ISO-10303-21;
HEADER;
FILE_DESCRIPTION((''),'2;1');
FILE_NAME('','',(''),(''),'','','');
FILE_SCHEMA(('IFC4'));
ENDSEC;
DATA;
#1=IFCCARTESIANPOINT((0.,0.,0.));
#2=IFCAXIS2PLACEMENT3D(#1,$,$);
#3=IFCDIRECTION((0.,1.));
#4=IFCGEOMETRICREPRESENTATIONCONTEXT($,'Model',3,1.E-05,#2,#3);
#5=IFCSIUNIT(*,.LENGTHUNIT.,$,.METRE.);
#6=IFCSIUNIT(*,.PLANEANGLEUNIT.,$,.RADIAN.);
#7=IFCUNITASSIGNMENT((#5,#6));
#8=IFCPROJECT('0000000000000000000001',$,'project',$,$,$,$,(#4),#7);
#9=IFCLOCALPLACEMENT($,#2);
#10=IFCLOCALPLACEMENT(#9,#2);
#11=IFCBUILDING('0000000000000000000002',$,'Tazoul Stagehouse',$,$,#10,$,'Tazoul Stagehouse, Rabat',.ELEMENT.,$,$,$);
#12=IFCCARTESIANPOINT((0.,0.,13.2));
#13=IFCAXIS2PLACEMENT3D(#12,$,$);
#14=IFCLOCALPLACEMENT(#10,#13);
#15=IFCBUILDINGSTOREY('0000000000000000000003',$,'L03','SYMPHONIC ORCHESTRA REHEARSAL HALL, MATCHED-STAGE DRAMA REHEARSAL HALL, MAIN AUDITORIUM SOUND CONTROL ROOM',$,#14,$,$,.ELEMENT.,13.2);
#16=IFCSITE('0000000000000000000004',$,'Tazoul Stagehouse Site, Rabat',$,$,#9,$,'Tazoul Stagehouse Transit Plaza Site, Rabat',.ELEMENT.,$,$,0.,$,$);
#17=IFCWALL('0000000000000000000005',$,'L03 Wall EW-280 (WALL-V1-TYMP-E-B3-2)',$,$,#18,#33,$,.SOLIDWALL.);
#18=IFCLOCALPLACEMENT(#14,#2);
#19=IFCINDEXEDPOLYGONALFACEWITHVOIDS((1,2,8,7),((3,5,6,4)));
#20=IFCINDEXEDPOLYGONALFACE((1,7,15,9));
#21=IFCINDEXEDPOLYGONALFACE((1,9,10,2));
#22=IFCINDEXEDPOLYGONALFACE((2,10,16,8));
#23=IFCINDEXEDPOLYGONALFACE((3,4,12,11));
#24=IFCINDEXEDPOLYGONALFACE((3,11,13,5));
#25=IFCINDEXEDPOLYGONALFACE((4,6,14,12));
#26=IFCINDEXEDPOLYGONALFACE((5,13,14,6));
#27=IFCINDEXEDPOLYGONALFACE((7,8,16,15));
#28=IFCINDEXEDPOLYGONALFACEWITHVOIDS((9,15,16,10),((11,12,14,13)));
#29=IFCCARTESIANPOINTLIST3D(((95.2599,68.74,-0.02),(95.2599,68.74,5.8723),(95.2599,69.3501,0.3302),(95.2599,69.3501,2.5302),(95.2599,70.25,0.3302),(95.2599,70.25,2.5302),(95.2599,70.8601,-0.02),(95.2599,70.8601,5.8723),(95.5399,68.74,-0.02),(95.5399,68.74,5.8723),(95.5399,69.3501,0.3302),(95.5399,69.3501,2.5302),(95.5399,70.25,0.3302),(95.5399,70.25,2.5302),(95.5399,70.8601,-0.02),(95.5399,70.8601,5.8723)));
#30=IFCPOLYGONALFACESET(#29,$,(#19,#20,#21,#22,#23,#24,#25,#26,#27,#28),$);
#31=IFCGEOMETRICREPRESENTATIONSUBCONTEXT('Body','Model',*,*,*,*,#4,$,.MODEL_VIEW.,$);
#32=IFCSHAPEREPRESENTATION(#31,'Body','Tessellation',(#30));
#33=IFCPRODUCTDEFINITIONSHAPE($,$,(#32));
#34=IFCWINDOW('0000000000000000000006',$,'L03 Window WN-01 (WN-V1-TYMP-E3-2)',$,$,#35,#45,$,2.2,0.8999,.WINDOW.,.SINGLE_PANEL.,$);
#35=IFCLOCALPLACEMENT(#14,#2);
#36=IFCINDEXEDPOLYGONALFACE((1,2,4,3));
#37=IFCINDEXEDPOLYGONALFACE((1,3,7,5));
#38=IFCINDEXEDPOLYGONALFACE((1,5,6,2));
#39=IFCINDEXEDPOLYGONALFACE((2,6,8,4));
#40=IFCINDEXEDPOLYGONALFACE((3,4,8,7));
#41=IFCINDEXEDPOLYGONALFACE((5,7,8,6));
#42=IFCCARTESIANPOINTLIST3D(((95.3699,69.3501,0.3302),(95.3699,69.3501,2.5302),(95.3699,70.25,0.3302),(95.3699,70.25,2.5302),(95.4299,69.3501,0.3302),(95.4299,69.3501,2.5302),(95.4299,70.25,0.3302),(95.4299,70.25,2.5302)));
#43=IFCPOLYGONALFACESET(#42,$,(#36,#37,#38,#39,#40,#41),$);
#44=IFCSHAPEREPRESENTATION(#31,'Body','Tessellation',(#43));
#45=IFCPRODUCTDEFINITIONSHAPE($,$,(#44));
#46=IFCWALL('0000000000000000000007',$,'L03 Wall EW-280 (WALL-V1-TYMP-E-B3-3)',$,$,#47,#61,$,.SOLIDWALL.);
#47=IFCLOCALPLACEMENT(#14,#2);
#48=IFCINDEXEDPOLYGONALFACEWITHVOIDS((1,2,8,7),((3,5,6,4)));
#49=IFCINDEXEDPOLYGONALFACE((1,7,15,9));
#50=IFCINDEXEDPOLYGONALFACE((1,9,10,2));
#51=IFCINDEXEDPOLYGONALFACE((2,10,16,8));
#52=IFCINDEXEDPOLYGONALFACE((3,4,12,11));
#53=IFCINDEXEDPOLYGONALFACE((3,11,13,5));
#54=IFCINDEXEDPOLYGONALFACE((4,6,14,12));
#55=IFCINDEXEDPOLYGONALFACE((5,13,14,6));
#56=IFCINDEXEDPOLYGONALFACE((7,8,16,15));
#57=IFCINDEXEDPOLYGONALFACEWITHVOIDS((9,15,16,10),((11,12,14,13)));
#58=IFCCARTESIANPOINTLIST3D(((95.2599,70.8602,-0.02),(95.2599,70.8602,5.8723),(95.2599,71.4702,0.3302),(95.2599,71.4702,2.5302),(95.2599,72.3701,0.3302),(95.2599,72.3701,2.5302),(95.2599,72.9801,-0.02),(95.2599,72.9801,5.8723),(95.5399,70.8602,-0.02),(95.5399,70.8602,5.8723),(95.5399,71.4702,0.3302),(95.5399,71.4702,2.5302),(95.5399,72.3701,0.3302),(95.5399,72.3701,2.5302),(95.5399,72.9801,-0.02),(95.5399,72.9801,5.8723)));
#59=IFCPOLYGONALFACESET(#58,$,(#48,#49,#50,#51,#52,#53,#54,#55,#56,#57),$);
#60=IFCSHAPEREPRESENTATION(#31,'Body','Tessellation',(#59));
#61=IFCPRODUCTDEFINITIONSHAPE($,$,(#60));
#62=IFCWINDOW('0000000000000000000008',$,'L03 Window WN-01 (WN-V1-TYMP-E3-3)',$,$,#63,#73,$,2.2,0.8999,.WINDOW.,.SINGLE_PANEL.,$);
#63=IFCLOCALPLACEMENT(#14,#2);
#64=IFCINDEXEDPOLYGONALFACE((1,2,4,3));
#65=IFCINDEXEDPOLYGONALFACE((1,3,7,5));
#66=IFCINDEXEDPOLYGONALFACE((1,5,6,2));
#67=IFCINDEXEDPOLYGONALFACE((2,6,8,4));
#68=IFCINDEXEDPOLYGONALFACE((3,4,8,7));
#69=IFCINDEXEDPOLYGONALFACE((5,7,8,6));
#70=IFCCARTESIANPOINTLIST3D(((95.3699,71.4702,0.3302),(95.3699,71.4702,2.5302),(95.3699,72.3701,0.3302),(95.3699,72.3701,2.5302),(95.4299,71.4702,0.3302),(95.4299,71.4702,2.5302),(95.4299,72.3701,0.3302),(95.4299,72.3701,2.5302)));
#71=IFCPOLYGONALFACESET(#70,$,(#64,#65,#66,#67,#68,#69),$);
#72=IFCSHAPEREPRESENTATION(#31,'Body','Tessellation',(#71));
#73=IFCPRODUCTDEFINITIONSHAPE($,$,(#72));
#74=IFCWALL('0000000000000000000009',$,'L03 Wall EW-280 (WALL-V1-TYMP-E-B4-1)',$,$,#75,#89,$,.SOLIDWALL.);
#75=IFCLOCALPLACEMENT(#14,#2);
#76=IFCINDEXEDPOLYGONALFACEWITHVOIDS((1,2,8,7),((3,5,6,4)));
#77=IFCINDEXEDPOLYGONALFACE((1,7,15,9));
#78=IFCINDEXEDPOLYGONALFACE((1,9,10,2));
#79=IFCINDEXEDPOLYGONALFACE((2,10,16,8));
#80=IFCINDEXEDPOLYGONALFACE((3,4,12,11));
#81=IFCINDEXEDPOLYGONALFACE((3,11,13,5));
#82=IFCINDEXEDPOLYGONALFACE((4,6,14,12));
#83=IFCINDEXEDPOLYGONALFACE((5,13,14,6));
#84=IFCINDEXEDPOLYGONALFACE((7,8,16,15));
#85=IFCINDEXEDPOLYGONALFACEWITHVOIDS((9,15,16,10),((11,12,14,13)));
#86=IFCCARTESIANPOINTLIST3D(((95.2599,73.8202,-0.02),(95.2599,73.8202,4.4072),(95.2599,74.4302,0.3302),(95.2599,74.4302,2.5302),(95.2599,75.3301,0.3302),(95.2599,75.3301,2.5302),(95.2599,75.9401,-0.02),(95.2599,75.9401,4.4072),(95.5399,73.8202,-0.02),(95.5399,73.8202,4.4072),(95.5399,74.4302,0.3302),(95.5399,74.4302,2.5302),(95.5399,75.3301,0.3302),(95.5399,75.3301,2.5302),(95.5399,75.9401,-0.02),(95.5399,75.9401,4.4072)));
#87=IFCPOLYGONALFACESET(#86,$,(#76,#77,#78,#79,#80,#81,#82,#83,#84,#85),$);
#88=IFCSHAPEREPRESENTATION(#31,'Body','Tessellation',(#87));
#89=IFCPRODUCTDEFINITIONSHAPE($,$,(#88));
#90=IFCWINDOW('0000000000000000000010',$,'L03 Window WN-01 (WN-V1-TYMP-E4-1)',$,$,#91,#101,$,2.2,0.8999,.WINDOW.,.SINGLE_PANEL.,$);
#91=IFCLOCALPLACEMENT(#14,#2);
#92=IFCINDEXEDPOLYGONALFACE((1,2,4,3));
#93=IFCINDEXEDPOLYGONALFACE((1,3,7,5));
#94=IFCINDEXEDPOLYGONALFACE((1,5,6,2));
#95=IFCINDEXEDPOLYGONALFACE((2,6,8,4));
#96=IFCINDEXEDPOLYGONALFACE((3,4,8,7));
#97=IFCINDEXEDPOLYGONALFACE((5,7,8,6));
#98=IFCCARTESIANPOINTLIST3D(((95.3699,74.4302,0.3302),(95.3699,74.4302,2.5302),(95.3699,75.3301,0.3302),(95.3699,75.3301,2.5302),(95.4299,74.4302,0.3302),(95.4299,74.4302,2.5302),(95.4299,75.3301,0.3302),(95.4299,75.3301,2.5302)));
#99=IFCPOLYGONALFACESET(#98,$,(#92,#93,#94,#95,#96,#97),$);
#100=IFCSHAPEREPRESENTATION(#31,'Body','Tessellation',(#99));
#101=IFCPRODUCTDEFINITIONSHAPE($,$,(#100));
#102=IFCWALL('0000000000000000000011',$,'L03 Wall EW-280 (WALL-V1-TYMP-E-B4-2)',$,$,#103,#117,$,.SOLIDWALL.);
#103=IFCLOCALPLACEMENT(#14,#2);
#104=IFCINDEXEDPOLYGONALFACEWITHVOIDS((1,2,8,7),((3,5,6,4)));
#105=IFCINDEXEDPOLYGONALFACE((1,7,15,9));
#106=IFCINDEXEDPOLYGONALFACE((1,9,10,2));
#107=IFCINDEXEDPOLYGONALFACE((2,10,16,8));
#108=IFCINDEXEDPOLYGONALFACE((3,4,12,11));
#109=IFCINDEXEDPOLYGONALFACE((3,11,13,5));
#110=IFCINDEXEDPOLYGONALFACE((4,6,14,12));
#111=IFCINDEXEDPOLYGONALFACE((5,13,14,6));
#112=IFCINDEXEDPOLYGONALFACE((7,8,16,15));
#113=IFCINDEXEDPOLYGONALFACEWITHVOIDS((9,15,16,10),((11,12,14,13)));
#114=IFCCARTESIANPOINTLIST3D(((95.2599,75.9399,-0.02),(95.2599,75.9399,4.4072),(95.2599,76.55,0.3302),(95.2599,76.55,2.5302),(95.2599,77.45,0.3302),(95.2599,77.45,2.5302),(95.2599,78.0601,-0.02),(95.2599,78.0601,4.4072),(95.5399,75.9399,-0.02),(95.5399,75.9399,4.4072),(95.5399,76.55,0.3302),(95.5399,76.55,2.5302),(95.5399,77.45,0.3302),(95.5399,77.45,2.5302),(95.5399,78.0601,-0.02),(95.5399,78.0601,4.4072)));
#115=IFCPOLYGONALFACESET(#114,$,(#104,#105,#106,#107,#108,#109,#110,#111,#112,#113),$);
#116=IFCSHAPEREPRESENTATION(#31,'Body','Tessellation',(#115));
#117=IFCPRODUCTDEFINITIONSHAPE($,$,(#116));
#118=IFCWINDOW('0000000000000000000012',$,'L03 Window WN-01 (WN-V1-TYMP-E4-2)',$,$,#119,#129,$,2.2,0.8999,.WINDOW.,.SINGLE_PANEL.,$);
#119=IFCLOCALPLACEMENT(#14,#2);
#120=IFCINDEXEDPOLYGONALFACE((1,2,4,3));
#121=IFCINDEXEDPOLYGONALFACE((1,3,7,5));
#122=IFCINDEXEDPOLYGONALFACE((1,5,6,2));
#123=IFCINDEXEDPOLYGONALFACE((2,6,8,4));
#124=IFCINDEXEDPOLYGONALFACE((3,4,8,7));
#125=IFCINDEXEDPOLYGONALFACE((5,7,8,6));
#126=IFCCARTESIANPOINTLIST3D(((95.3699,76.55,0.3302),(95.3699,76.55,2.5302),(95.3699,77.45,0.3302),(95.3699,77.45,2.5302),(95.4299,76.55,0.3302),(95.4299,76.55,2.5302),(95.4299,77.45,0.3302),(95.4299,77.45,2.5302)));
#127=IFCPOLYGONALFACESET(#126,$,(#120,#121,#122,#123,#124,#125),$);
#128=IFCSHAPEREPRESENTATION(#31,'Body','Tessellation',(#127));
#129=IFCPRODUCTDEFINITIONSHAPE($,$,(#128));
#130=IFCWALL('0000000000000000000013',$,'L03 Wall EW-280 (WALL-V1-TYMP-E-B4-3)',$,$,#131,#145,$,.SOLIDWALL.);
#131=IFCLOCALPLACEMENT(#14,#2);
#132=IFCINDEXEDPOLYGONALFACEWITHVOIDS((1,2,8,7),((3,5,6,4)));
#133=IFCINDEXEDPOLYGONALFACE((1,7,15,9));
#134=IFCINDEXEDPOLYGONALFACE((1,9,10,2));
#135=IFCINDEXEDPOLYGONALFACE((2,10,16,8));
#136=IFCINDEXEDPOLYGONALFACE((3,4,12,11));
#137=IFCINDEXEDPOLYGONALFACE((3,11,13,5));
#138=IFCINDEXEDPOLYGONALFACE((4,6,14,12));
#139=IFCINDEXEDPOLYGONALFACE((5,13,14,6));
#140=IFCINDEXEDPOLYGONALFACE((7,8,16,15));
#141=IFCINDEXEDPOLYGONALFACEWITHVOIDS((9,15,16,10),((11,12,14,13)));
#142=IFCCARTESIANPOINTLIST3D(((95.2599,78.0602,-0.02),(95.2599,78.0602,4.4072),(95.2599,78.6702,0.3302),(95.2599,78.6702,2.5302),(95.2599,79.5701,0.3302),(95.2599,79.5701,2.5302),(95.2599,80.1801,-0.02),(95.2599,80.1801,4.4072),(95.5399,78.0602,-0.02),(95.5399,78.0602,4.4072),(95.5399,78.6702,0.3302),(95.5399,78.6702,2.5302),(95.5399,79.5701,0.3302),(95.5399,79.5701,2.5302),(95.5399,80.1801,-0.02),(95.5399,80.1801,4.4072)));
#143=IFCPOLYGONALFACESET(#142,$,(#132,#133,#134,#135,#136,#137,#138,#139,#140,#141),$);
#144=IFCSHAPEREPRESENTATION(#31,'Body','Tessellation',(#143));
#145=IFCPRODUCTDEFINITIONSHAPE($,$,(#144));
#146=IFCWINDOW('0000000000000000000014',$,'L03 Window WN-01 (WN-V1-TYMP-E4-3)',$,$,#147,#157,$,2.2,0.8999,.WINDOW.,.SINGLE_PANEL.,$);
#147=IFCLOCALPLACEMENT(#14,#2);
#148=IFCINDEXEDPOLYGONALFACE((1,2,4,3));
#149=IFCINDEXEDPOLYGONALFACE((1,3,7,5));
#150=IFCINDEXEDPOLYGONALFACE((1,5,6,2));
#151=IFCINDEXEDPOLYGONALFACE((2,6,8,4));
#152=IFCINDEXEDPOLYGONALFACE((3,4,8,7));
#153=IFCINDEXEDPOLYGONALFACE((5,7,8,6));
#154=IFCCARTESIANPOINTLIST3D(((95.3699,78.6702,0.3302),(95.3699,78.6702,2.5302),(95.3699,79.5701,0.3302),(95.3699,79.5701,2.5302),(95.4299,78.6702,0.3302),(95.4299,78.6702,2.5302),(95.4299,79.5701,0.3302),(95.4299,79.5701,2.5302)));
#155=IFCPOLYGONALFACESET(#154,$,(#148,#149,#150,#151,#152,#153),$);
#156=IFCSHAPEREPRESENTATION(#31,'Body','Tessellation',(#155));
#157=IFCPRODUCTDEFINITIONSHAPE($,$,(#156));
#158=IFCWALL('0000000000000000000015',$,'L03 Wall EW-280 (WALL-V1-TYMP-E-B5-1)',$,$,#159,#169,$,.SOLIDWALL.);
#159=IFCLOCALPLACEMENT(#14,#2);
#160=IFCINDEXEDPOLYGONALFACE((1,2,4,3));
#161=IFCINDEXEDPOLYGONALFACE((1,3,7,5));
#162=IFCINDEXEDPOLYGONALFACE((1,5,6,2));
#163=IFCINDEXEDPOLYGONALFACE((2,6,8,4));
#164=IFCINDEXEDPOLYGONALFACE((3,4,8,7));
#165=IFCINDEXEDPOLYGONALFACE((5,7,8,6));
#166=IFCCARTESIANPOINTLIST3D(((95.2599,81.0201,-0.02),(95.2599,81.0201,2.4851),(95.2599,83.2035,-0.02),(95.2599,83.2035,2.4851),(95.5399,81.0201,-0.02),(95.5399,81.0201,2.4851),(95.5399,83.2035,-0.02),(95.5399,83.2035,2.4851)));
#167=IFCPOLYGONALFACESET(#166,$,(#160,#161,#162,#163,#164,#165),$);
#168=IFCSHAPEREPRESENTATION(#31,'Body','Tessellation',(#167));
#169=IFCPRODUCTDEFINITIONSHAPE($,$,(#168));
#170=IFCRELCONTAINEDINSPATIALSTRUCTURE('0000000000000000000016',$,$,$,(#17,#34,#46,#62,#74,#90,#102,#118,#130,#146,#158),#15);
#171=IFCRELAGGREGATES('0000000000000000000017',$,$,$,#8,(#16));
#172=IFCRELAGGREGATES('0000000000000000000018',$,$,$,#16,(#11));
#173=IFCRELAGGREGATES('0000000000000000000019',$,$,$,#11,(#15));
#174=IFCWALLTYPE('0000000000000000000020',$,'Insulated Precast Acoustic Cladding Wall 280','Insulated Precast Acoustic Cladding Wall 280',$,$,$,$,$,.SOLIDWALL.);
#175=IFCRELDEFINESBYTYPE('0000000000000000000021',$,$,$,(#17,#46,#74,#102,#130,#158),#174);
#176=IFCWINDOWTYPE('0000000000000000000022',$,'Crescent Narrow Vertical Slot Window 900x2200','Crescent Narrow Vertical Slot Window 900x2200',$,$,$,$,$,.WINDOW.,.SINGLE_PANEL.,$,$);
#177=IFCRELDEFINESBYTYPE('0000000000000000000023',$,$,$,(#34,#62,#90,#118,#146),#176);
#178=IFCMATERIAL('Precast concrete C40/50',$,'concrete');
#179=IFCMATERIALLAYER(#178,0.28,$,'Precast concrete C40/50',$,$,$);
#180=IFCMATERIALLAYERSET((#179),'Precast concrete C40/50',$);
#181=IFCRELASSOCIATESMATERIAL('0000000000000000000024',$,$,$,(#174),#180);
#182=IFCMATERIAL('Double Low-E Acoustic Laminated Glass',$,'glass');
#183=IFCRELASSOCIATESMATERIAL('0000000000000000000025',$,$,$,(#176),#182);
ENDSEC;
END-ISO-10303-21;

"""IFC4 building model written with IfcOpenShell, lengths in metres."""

from ifc_helpers import new_model, si_unit, direction, frame, frame_2d, origin, place, context, subcontext, project, spatial, rectangle, extrude, material, layer, layer_set, type_object, element, fill, save


model = new_model("IFC4")

# Units and contexts
model_context = context("Model", 3, precision=1e-05, world=origin(), true_north=direction((0.0, 1.0)))
body_context = subcontext(model_context, "Body", "Model", "MODEL_VIEW")
ifc_project = project(units=[si_unit("LENGTHUNIT", "METRE"), si_unit("PLANEANGLEUNIT", "RADIAN")], contexts=[model_context])

# Site, building, storey
site_placement = place(None, origin())
site = spatial("IfcSite", under=ifc_project, at=site_placement, Name="Tazoul Stagehouse Site, Rabat", LongName="Tazoul Stagehouse Transit Plaza Site, Rabat", CompositionType="ELEMENT", RefElevation=0.0)
building_placement = place(site_placement, origin())
building = spatial("IfcBuilding", under=site, at=building_placement, Name="Tazoul Stagehouse", LongName="Tazoul Stagehouse, Rabat", CompositionType="ELEMENT")
storey_placement = place(building_placement, frame((0.0, 0.0, 13.2)))
storey = spatial("IfcBuildingStorey", under=building, at=storey_placement, Name="L03", Description="SYMPHONIC ORCHESTRA REHEARSAL HALL, MATCHED-STAGE DRAMA REHEARSAL HALL, MAIN AUDITORIUM SOUND CONTROL ROOM", CompositionType="ELEMENT", Elevation=13.2)

# Walls, openings, windows
ifc_material_1 = material(Name="Precast concrete C40/50", Category="concrete")
ifc_layer_1 = layer(ifc_material_1, 0.28, Name="Precast concrete C40/50")
ifc_layer_set_1 = layer_set([ifc_layer_1], Name="Precast concrete C40/50")
wall_type = type_object("IfcWallType", Name="Insulated Precast Acoustic Cladding Wall 280", Description="Insulated Precast Acoustic Cladding Wall 280", PredefinedType="SOLIDWALL", material=ifc_layer_set_1)
ifc_material_2 = material(Name="Double Low-E Acoustic Laminated Glass", Category="glass")
window_type_1 = type_object("IfcWindowType", Name="Crescent Narrow Vertical Slot Window 900x2200", Description="Crescent Narrow Vertical Slot Window 900x2200", PartitioningType="SINGLE_PANEL", PredefinedType="WINDOW", material=ifc_material_2)
wall_1_placement = place(storey_placement, frame((95.3999, 68.74, -0.02), z_axis=(0.0, 0.0, 1.0), x_axis=(0.0, 1.0, 0.0)))
wall_1 = element("IfcWall", 1, at=wall_1_placement, inside=storey, type_object=wall_type, Name="L03 Wall EW-280 (WALL-V1-TYMP-E-B3-2)", PredefinedType="SOLIDWALL", context=body_context, shape_type="SweptSolid", body=[
    extrude(rectangle(XDim=2.1201, YDim=0.28, at=frame_2d((1.0601, 0.0))), origin(), (0.0, 0.0, 1.0), 5.8923),
])
opening_1_placement = place(wall_1_placement, frame((0.6101, 0.0, 0.3501)))
opening_1 = element("IfcOpeningElement", 2, at=opening_1_placement, cuts=wall_1, PredefinedType="OPENING", context=body_context, shape_type="SweptSolid", body=[
    extrude(rectangle(XDim=0.8999, YDim=2.2, at=frame_2d((0.45, 1.1001))), frame((0.0, 0.1599, 0.0), z_axis=(0.0, -1.0, 0.0), x_axis=(1.0, 0.0, 0.0)), (0.0, 0.0, 1.0), 0.3201),
])
window_1_placement = place(opening_1_placement, origin())
window_1 = element("IfcWindow", 3, at=window_1_placement, inside=storey, type_object=window_type_1, Name="L03 Window WN-01 (WN-V1-TYMP-E3-2)", OverallHeight=2.2, OverallWidth=0.8999, PartitioningType="SINGLE_PANEL", PredefinedType="WINDOW", context=body_context, shape_type="SweptSolid", body=[
    extrude(rectangle(XDim=0.8999, YDim=2.2, at=frame_2d((0.45, 1.1001))), frame((0.0, 0.03, 0.0), z_axis=(0.0, -1.0, 0.0), x_axis=(1.0, 0.0, 0.0)), (0.0, 0.0, 1.0), 0.0601),
])
fill(opening_1, window_1)
wall_2_placement = place(storey_placement, frame((95.3999, 70.8601, -0.02), z_axis=(0.0, 0.0, 1.0), x_axis=(0.0, 1.0, 0.0)))
wall_2 = element("IfcWall", 4, at=wall_2_placement, inside=storey, type_object=wall_type, Name="L03 Wall EW-280 (WALL-V1-TYMP-E-B3-3)", PredefinedType="SOLIDWALL", context=body_context, shape_type="SweptSolid", body=[
    extrude(rectangle(XDim=2.1199, YDim=0.28, at=frame_2d((1.0601, 0.0))), origin(), (0.0, 0.0, 1.0), 5.8923),
])
opening_2_placement = place(wall_2_placement, frame((0.6101, 0.0, 0.3501)))
opening_2 = element("IfcOpeningElement", 5, at=opening_2_placement, cuts=wall_2, PredefinedType="OPENING", context=body_context, shape_type="SweptSolid", body=[
    extrude(rectangle(XDim=0.8999, YDim=2.2, at=frame_2d((0.45, 1.1001))), frame((0.0, 0.1599, 0.0), z_axis=(0.0, -1.0, 0.0), x_axis=(1.0, 0.0, 0.0)), (0.0, 0.0, 1.0), 0.3201),
])
window_2_placement = place(opening_2_placement, origin())
window_2 = element("IfcWindow", 6, at=window_2_placement, inside=storey, type_object=window_type_1, Name="L03 Window WN-01 (WN-V1-TYMP-E3-3)", OverallHeight=2.2, OverallWidth=0.8999, PartitioningType="SINGLE_PANEL", PredefinedType="WINDOW", context=body_context, shape_type="SweptSolid", body=[
    extrude(rectangle(XDim=0.8999, YDim=2.2, at=frame_2d((0.45, 1.1001))), frame((0.0, 0.03, 0.0), z_axis=(0.0, -1.0, 0.0), x_axis=(1.0, 0.0, 0.0)), (0.0, 0.0, 1.0), 0.0601),
])
fill(opening_2, window_2)
wall_3_placement = place(storey_placement, frame((95.3999, 73.8201, -0.02), z_axis=(0.0, 0.0, 1.0), x_axis=(0.0, 1.0, 0.0)))
wall_3 = element("IfcWall", 7, at=wall_3_placement, inside=storey, type_object=wall_type, Name="L03 Wall EW-280 (WALL-V1-TYMP-E-B4-1)", PredefinedType="SOLIDWALL", context=body_context, shape_type="SweptSolid", body=[
    extrude(rectangle(XDim=2.1199, YDim=0.28, at=frame_2d((1.0601, 0.0))), origin(), (0.0, 0.0, 1.0), 4.4272),
])
opening_3_placement = place(wall_3_placement, frame((0.6101, 0.0, 0.3501)))
opening_3 = element("IfcOpeningElement", 8, at=opening_3_placement, cuts=wall_3, PredefinedType="OPENING", context=body_context, shape_type="SweptSolid", body=[
    extrude(rectangle(XDim=0.8999, YDim=2.2, at=frame_2d((0.45, 1.1001))), frame((0.0, 0.1599, 0.0), z_axis=(0.0, -1.0, 0.0), x_axis=(1.0, 0.0, 0.0)), (0.0, 0.0, 1.0), 0.3201),
])
window_3_placement = place(opening_3_placement, origin())
window_3 = element("IfcWindow", 9, at=window_3_placement, inside=storey, type_object=window_type_1, Name="L03 Window WN-01 (WN-V1-TYMP-E4-1)", OverallHeight=2.2, OverallWidth=0.8999, PartitioningType="SINGLE_PANEL", PredefinedType="WINDOW", context=body_context, shape_type="SweptSolid", body=[
    extrude(rectangle(XDim=0.8999, YDim=2.2, at=frame_2d((0.45, 1.1001))), frame((0.0, 0.03, 0.0), z_axis=(0.0, -1.0, 0.0), x_axis=(1.0, 0.0, 0.0)), (0.0, 0.0, 1.0), 0.0601),
])
fill(opening_3, window_3)
wall_4_placement = place(storey_placement, frame((95.3999, 75.9399, -0.02), z_axis=(0.0, 0.0, 1.0), x_axis=(0.0, 1.0, 0.0)))
wall_4 = element("IfcWall", 10, at=wall_4_placement, inside=storey, type_object=wall_type, Name="L03 Wall EW-280 (WALL-V1-TYMP-E-B4-2)", PredefinedType="SOLIDWALL", context=body_context, shape_type="SweptSolid", body=[
    extrude(rectangle(XDim=2.1201, YDim=0.28, at=frame_2d((1.0601, 0.0))), origin(), (0.0, 0.0, 1.0), 4.4272),
])
opening_4_placement = place(wall_4_placement, frame((0.6101, 0.0, 0.3501)))
opening_4 = element("IfcOpeningElement", 11, at=opening_4_placement, cuts=wall_4, PredefinedType="OPENING", context=body_context, shape_type="SweptSolid", body=[
    extrude(rectangle(XDim=0.8999, YDim=2.2, at=frame_2d((0.45, 1.1001))), frame((0.0, 0.1599, 0.0), z_axis=(0.0, -1.0, 0.0), x_axis=(1.0, 0.0, 0.0)), (0.0, 0.0, 1.0), 0.3201),
])
window_4_placement = place(opening_4_placement, origin())
window_4 = element("IfcWindow", 12, at=window_4_placement, inside=storey, type_object=window_type_1, Name="L03 Window WN-01 (WN-V1-TYMP-E4-2)", OverallHeight=2.2, OverallWidth=0.8999, PartitioningType="SINGLE_PANEL", PredefinedType="WINDOW", context=body_context, shape_type="SweptSolid", body=[
    extrude(rectangle(XDim=0.8999, YDim=2.2, at=frame_2d((0.45, 1.1001))), frame((0.0, 0.03, 0.0), z_axis=(0.0, -1.0, 0.0), x_axis=(1.0, 0.0, 0.0)), (0.0, 0.0, 1.0), 0.0601),
])
fill(opening_4, window_4)
wall_5_placement = place(storey_placement, frame((95.3999, 78.0601, -0.02), z_axis=(0.0, 0.0, 1.0), x_axis=(0.0, 1.0, 0.0)))
wall_5 = element("IfcWall", 13, at=wall_5_placement, inside=storey, type_object=wall_type, Name="L03 Wall EW-280 (WALL-V1-TYMP-E-B4-3)", PredefinedType="SOLIDWALL", context=body_context, shape_type="SweptSolid", body=[
    extrude(rectangle(XDim=2.1199, YDim=0.28, at=frame_2d((1.0601, 0.0))), origin(), (0.0, 0.0, 1.0), 4.4272),
])
opening_5_placement = place(wall_5_placement, frame((0.6101, 0.0, 0.3501)))
opening_5 = element("IfcOpeningElement", 14, at=opening_5_placement, cuts=wall_5, PredefinedType="OPENING", context=body_context, shape_type="SweptSolid", body=[
    extrude(rectangle(XDim=0.8999, YDim=2.2, at=frame_2d((0.45, 1.1001))), frame((0.0, 0.1599, 0.0), z_axis=(0.0, -1.0, 0.0), x_axis=(1.0, 0.0, 0.0)), (0.0, 0.0, 1.0), 0.3201),
])
window_5_placement = place(opening_5_placement, origin())
window_5 = element("IfcWindow", 15, at=window_5_placement, inside=storey, type_object=window_type_1, Name="L03 Window WN-01 (WN-V1-TYMP-E4-3)", OverallHeight=2.2, OverallWidth=0.8999, PartitioningType="SINGLE_PANEL", PredefinedType="WINDOW", context=body_context, shape_type="SweptSolid", body=[
    extrude(rectangle(XDim=0.8999, YDim=2.2, at=frame_2d((0.45, 1.1001))), frame((0.0, 0.03, 0.0), z_axis=(0.0, -1.0, 0.0), x_axis=(1.0, 0.0, 0.0)), (0.0, 0.0, 1.0), 0.0601),
])
fill(opening_5, window_5)

# Wall
for number, where, z_axis, x_axis, name in (
    (16, (95.3999, 81.02, -0.02), (0.0, 0.0, 1.0), (0.0, 1.0, 0.0), "L03 Wall EW-280 (WALL-V1-TYMP-E-B5-1)"),
):
    element("IfcWall", number, at=place(storey_placement, frame(where, z_axis=z_axis, x_axis=x_axis)), inside=storey, type_object=wall_type, Name=name, PredefinedType="SOLIDWALL", context=body_context, shape_type="SweptSolid", body=[
        extrude(rectangle(XDim=2.1833, YDim=0.28, at=frame_2d((1.0918, 0.0))), origin(), (0.0, 0.0, 1.0), 2.5051),
    ])

save(model, "model.ifc")
